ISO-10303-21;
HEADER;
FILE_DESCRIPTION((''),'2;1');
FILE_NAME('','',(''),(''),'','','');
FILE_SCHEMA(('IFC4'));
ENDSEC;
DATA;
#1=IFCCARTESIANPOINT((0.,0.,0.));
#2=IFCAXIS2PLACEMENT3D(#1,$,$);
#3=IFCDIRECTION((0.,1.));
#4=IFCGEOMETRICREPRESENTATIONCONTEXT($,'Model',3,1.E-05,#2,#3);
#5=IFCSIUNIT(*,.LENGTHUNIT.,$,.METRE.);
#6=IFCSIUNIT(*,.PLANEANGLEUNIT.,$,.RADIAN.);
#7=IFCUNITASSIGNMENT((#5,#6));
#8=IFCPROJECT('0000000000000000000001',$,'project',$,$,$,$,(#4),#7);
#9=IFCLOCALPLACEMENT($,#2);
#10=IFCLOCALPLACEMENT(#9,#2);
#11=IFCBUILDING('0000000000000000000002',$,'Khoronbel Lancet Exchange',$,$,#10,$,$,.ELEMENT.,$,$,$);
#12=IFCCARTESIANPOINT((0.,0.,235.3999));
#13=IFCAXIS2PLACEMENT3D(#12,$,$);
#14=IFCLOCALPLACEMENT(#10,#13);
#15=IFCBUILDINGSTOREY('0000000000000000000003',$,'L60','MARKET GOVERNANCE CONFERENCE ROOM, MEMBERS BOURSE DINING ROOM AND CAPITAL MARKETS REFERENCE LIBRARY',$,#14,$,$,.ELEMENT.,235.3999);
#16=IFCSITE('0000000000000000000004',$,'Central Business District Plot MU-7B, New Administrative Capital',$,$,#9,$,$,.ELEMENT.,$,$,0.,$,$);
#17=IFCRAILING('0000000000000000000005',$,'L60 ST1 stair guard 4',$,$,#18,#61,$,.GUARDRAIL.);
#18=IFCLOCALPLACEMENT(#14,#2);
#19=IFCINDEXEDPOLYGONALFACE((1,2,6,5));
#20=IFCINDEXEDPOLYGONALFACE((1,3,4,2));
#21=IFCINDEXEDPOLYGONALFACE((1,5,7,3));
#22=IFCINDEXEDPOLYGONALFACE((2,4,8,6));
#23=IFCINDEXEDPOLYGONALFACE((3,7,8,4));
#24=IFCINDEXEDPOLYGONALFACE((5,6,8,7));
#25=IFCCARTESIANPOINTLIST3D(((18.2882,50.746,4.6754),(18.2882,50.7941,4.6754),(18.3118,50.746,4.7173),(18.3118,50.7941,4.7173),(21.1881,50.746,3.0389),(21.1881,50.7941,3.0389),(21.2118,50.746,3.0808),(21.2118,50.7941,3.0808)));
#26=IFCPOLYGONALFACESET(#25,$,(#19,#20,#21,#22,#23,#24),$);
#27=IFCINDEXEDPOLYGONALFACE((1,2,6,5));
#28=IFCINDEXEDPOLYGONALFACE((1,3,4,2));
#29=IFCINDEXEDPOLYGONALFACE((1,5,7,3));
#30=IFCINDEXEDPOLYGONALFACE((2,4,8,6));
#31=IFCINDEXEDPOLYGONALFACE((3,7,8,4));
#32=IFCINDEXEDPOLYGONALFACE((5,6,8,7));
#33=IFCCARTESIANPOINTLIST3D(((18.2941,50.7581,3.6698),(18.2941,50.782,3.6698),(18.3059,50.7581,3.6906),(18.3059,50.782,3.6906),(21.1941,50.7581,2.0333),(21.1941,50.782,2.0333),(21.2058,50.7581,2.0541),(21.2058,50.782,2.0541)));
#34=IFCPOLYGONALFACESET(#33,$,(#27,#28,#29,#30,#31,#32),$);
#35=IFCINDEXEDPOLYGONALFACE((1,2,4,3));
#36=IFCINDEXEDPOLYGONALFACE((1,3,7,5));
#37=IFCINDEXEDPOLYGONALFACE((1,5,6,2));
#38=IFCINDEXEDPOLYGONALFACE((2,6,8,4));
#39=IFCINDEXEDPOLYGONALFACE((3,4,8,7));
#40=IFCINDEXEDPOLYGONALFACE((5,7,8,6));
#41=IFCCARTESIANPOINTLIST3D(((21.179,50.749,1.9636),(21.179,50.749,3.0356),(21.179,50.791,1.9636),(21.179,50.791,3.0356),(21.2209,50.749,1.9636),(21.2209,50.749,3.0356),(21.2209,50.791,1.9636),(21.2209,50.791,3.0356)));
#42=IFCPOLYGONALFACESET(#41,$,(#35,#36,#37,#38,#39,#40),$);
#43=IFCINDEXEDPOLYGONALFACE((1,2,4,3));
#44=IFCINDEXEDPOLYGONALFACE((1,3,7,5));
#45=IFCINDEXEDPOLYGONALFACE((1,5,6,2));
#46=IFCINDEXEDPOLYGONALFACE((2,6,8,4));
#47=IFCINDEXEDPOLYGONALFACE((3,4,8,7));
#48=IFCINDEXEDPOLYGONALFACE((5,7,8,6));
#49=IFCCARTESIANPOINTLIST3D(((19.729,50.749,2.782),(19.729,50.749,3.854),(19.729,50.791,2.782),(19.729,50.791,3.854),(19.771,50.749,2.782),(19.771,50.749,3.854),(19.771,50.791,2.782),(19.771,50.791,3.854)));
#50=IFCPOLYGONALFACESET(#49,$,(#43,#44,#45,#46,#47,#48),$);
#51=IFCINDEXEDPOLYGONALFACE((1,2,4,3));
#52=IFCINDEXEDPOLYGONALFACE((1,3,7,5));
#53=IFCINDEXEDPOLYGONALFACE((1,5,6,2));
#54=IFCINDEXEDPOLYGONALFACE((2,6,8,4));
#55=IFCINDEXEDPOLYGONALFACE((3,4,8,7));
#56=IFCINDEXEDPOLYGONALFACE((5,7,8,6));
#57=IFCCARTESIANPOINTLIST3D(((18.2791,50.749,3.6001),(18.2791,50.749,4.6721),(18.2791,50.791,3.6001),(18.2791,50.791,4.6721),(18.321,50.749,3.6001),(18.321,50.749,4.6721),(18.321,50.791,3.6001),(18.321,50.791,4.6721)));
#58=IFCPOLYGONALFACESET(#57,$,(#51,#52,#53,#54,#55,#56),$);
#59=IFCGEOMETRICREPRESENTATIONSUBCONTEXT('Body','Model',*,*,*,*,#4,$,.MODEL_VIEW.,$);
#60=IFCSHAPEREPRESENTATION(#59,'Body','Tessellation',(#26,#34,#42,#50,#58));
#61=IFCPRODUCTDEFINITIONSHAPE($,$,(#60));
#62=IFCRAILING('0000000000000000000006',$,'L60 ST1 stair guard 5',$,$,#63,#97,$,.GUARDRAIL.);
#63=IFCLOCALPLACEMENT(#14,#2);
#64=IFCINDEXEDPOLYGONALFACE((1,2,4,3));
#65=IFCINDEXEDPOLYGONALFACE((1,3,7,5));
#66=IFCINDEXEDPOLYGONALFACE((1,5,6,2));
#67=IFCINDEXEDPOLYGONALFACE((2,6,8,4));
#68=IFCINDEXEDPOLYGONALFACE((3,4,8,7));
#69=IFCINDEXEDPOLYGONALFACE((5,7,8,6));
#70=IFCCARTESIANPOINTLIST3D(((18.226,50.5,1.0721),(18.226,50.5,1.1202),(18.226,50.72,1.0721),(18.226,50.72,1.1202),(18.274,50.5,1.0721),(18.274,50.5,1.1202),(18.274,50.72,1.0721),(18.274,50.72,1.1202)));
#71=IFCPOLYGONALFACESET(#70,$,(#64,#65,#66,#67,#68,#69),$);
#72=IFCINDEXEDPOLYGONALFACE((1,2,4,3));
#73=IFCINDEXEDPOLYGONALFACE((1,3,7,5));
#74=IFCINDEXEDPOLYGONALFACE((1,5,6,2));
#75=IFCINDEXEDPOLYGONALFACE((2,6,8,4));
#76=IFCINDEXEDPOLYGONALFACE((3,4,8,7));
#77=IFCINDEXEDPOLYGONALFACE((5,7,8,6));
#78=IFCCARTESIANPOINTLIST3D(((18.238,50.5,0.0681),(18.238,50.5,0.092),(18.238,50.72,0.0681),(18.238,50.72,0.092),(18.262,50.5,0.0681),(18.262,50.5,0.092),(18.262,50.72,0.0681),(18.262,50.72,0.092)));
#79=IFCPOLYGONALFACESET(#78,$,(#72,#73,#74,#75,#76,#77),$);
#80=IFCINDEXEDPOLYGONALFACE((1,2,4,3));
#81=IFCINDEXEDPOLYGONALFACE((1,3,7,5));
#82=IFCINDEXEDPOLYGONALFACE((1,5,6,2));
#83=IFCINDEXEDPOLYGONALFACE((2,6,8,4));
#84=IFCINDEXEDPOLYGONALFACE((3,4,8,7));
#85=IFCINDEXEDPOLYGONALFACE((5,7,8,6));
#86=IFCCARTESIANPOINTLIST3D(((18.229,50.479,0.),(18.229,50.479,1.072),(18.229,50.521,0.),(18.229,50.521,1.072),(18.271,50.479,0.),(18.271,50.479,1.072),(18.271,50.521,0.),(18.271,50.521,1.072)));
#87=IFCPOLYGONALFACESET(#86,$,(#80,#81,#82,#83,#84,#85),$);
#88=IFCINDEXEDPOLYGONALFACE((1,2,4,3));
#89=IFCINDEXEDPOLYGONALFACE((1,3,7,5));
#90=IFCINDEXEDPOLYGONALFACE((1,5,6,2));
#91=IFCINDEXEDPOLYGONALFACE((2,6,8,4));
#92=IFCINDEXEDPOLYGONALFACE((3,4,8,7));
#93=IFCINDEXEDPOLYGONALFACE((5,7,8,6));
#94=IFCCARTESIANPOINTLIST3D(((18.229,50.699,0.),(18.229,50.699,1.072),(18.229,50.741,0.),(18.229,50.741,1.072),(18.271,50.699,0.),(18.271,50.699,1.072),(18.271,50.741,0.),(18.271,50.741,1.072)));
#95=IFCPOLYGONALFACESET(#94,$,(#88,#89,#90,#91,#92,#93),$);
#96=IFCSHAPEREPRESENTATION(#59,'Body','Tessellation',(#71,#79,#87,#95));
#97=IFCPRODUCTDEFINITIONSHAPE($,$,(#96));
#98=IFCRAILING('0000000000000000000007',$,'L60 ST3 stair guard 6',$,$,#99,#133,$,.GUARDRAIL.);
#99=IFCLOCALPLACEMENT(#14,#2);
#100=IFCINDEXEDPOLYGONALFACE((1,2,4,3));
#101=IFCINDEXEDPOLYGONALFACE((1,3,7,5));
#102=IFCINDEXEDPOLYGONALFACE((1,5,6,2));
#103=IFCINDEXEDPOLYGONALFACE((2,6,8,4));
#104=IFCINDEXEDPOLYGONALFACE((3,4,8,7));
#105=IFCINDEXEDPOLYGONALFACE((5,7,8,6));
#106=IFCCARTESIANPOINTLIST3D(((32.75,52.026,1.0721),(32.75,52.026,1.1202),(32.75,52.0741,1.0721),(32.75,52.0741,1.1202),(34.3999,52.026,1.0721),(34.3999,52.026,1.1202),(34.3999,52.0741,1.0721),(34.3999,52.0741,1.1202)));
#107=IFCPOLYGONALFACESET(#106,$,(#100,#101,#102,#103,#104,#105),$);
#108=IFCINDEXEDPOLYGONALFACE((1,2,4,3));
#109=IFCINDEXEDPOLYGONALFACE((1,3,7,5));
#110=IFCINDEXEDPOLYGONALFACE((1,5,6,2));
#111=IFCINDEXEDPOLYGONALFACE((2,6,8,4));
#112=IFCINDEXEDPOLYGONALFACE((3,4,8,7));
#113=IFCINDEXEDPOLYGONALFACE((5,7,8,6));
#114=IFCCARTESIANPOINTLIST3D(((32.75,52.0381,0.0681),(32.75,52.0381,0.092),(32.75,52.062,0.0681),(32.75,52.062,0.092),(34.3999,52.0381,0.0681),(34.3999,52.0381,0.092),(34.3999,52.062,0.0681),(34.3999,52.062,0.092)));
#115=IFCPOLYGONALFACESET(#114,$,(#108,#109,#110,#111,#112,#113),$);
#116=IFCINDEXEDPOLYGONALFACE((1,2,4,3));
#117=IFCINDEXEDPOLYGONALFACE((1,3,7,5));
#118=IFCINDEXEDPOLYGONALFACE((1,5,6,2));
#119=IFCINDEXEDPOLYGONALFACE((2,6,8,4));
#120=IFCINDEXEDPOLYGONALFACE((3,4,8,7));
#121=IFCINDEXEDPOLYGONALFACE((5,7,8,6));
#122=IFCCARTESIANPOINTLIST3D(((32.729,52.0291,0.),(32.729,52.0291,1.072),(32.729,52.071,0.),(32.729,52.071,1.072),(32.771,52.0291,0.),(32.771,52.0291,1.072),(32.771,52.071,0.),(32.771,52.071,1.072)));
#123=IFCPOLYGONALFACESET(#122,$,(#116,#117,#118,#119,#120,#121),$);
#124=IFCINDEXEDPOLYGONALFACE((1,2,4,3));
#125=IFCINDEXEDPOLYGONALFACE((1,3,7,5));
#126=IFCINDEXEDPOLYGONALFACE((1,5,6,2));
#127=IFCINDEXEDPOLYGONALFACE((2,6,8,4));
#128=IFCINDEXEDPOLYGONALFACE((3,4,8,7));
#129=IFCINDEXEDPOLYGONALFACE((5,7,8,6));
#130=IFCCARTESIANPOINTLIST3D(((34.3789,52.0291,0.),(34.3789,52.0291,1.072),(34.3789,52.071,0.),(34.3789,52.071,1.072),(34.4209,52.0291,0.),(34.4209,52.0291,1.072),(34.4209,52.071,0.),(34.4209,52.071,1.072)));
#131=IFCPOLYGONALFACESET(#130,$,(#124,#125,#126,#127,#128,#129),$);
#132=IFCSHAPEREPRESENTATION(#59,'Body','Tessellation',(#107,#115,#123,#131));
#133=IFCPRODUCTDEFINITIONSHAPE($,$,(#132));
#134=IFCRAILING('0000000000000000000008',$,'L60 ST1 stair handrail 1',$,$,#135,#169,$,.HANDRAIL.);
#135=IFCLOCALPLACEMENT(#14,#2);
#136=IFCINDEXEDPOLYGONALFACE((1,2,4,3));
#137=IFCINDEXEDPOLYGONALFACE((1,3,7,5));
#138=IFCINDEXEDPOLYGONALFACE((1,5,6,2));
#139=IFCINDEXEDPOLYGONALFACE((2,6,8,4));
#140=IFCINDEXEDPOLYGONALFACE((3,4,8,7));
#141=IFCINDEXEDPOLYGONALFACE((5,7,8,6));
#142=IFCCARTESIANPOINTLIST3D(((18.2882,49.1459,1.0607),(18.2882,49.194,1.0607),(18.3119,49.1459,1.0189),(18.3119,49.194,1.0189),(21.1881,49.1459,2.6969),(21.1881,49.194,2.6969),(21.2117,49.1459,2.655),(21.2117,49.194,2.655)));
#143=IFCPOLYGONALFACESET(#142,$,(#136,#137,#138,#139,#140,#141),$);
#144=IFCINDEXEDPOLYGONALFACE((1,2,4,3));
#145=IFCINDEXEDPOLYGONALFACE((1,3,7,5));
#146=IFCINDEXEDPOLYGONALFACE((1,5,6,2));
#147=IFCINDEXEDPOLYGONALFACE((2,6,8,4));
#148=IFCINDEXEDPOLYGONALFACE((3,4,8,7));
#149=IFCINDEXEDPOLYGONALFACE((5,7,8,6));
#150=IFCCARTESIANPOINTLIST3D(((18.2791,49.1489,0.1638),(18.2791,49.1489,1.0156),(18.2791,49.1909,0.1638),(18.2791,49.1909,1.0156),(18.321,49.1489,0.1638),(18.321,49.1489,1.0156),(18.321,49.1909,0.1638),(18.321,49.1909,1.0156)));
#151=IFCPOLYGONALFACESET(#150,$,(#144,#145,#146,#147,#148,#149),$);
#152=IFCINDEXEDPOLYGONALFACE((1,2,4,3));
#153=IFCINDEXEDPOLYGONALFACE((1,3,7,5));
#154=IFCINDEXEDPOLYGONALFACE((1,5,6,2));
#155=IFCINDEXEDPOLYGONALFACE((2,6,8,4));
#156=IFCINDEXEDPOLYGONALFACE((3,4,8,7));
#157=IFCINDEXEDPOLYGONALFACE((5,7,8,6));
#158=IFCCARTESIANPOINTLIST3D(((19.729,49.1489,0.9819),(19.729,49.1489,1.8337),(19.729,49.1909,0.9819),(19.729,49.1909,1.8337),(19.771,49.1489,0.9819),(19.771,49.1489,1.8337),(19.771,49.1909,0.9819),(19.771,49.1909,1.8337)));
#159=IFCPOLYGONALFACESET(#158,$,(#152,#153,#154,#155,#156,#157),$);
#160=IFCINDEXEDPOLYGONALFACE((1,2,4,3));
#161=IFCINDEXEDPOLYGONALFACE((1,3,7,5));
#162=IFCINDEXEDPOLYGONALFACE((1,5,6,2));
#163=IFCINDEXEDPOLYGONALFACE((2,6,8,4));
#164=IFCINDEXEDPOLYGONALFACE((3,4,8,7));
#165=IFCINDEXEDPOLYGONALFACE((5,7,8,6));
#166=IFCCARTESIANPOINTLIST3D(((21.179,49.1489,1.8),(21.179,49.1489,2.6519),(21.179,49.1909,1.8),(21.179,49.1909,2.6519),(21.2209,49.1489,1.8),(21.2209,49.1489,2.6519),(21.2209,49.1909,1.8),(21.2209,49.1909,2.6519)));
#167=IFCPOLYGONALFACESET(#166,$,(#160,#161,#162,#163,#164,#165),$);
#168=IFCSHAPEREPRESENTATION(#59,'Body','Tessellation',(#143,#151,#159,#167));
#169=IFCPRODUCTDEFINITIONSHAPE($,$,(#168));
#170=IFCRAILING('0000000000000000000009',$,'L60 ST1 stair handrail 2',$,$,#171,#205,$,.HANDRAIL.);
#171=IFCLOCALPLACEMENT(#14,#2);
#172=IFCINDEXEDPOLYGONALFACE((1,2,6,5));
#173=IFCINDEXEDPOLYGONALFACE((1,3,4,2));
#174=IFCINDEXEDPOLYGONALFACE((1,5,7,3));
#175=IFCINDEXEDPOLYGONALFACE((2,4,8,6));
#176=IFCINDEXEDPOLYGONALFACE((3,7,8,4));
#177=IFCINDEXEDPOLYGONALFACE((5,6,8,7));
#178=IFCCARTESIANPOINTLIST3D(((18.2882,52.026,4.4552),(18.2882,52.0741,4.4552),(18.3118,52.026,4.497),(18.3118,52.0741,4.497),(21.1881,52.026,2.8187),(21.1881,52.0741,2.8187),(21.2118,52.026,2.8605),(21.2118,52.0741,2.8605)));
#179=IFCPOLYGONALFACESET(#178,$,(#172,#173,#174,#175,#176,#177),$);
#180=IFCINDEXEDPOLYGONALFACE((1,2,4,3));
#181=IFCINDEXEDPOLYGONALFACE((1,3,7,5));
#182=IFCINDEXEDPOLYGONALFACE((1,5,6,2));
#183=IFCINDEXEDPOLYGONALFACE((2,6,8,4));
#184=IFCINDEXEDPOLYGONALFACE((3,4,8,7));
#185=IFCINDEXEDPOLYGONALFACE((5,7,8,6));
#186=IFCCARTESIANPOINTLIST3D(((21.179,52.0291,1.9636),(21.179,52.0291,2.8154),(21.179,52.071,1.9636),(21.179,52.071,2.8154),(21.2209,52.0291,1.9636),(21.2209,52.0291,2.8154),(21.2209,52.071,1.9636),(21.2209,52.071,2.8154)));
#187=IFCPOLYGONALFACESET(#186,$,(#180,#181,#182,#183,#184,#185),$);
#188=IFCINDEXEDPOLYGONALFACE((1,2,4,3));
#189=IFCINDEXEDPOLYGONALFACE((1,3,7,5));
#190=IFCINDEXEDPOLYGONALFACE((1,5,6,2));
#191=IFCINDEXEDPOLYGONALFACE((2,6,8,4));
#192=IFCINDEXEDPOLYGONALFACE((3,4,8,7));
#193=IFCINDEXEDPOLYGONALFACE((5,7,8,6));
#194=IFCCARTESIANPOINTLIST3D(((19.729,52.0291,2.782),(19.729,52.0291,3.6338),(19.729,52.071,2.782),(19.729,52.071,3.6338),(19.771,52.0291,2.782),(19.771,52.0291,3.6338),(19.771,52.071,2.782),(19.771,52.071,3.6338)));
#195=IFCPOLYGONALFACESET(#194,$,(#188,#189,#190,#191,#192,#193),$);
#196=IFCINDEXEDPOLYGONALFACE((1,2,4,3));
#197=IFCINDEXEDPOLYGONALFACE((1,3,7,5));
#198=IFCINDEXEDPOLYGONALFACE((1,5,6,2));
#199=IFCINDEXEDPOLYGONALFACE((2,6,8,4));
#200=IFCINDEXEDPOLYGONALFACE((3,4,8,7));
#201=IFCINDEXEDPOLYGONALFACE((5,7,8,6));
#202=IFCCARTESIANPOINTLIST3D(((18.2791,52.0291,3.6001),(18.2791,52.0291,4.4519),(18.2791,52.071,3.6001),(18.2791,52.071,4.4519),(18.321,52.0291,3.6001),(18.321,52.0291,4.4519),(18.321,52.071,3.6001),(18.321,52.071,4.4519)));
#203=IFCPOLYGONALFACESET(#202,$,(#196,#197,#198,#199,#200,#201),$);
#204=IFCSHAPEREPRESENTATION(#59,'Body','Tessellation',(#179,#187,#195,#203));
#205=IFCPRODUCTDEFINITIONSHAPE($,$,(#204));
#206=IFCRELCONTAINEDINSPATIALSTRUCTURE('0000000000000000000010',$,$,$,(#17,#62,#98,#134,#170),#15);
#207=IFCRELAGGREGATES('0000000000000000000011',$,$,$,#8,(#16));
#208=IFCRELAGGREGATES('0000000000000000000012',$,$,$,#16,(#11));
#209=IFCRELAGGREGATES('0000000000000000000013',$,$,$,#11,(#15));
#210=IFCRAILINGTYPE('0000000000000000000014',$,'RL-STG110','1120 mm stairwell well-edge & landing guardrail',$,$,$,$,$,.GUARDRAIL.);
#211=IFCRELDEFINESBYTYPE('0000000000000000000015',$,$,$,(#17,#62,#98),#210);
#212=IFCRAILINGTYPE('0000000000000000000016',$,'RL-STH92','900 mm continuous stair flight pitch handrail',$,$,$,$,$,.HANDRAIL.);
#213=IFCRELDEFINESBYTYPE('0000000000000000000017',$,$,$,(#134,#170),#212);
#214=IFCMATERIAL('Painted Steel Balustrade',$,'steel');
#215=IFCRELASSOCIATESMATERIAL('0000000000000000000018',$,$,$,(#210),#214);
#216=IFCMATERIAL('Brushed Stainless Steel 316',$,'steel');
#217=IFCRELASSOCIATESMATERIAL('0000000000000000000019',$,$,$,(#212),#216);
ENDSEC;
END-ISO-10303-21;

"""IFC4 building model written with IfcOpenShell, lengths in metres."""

from ifc_helpers import new_model, si_unit, direction, frame, origin, origin_2d, place, context, subcontext, project, spatial, rectangle, extrude, material, type_object, element, save


model = new_model("IFC4")

# Units and contexts
model_context = context("Model", 3, precision=1e-05, world=origin(), true_north=direction((0.0, 1.0)))
body_context = subcontext(model_context, "Body", "Model", "MODEL_VIEW")
ifc_project = project(units=[si_unit("LENGTHUNIT", "METRE"), si_unit("PLANEANGLEUNIT", "RADIAN")], contexts=[model_context])

# Site, building, storey
site_placement = place(None, origin())
site = spatial("IfcSite", under=ifc_project, at=site_placement, Name="Central Business District Plot MU-7B, New Administrative Capital", CompositionType="ELEMENT", RefElevation=0.0)
building_placement = place(site_placement, origin())
building = spatial("IfcBuilding", under=site, at=building_placement, Name="Khoronbel Lancet Exchange", CompositionType="ELEMENT")
storey_placement = place(building_placement, frame((0.0, 0.0, 235.3999)))
storey = spatial("IfcBuildingStorey", under=building, at=storey_placement, Name="L60", Description="MARKET GOVERNANCE CONFERENCE ROOM, MEMBERS BOURSE DINING ROOM AND CAPITAL MARKETS REFERENCE LIBRARY", CompositionType="ELEMENT", Elevation=235.3999)

# Railings
ifc_material_1 = material(Name="Painted Steel Balustrade", Category="steel")
railing_type_1 = type_object("IfcRailingType", Name="RL-STG110", Description="1120 mm stairwell well-edge & landing guardrail", PredefinedType="GUARDRAIL", material=ifc_material_1)
railing_1_placement = place(storey_placement, frame((21.2, 50.77, 1.9636)))
element("IfcRailing", 1, at=railing_1_placement, inside=storey, type_object=railing_type_1, Name="L60 ST1 stair guard 4", PredefinedType="GUARDRAIL", context=body_context, shape_type="SweptSolid", body=[
    extrude(rectangle(XDim=0.0481, YDim=0.0481, at=origin_2d()), frame((0.0, 0.0, 1.0962), z_axis=(-0.870897, 0.0, 0.491465), x_axis=(0.0, -1.0, 0.0)), (0.0, 0.0, 1.0), 3.3298),
    extrude(rectangle(XDim=0.0239, YDim=0.0239, at=origin_2d()), frame((0.0, 0.0, 0.0801), z_axis=(-0.870897, 0.0, 0.491465), x_axis=(0.0, -1.0, 0.0)), (0.0, 0.0, 1.0), 3.3298),
    extrude(rectangle(XDim=0.042, YDim=0.042, at=origin_2d()), origin(), (0.0, 0.0, 1.0), 1.072),
    extrude(rectangle(XDim=0.042, YDim=0.042, at=origin_2d()), frame((-1.45, 0.0, 0.8184)), (0.0, 0.0, 1.0), 1.072),
    extrude(rectangle(XDim=0.042, YDim=0.042, at=origin_2d()), frame((-2.8999, 0.0, 1.6365)), (0.0, 0.0, 1.0), 1.072),
])
railing_2_placement = place(storey_placement, frame((18.25, 50.5, 0.0)))
element("IfcRailing", 2, at=railing_2_placement, inside=storey, type_object=railing_type_1, Name="L60 ST1 stair guard 5", PredefinedType="GUARDRAIL", context=body_context, shape_type="SweptSolid", body=[
    extrude(rectangle(XDim=0.0481, YDim=0.0481, at=origin_2d()), frame((0.0, 0.0, 1.0962), z_axis=(0.0, 1.0, 0.0), x_axis=(-1.0, 0.0, 0.0)), (0.0, 0.0, 1.0), 0.22),
    extrude(rectangle(XDim=0.0239, YDim=0.0239, at=origin_2d()), frame((0.0, 0.0, 0.0801), z_axis=(0.0, 1.0, 0.0), x_axis=(-1.0, 0.0, 0.0)), (0.0, 0.0, 1.0), 0.22),
    extrude(rectangle(XDim=0.042, YDim=0.042, at=origin_2d()), origin(), (0.0, 0.0, 1.0), 1.072),
    extrude(rectangle(XDim=0.042, YDim=0.042, at=origin_2d()), frame((0.0, 0.22, 0.0)), (0.0, 0.0, 1.0), 1.072),
])
railing_3_placement = place(storey_placement, frame((32.75, 52.05, 0.0)))
element("IfcRailing", 3, at=railing_3_placement, inside=storey, type_object=railing_type_1, Name="L60 ST3 stair guard 6", PredefinedType="GUARDRAIL", context=body_context, shape_type="SweptSolid", body=[
    extrude(rectangle(XDim=0.0481, YDim=0.0481, at=origin_2d()), frame((0.0, 0.0, 1.0962), z_axis=(1.0, 0.0, 0.0), x_axis=(0.0, 1.0, 0.0)), (0.0, 0.0, 1.0), 1.6499),
    extrude(rectangle(XDim=0.0239, YDim=0.0239, at=origin_2d()), frame((0.0, 0.0, 0.0801), z_axis=(1.0, 0.0, 0.0), x_axis=(0.0, 1.0, 0.0)), (0.0, 0.0, 1.0), 1.6499),
    extrude(rectangle(XDim=0.042, YDim=0.042, at=origin_2d()), origin(), (0.0, 0.0, 1.0), 1.072),
    extrude(rectangle(XDim=0.042, YDim=0.042, at=origin_2d()), frame((1.6499, 0.0, 0.0)), (0.0, 0.0, 1.0), 1.072),
])
ifc_material_2 = material(Name="Brushed Stainless Steel 316", Category="steel")
railing_type_2 = type_object("IfcRailingType", Name="RL-STH92", Description="900 mm continuous stair flight pitch handrail", PredefinedType="HANDRAIL", material=ifc_material_2)
railing_4_placement = place(storey_placement, frame((18.3, 49.1699, 0.1638)))
element("IfcRailing", 4, at=railing_4_placement, inside=storey, type_object=railing_type_2, Name="L60 ST1 stair handrail 1", PredefinedType="HANDRAIL", context=body_context, shape_type="SweptSolid", body=[
    extrude(rectangle(XDim=0.0481, YDim=0.0481, at=origin_2d()), frame((0.0, 0.0, 0.876), z_axis=(0.870929, 0.0, 0.49141), x_axis=(0.0, 1.0, 0.0)), (0.0, 0.0, 1.0), 3.3296),
    extrude(rectangle(XDim=0.042, YDim=0.042, at=origin_2d()), origin(), (0.0, 0.0, 1.0), 0.8518),
    extrude(rectangle(XDim=0.042, YDim=0.042, at=origin_2d()), frame((1.45, 0.0, 0.8181)), (0.0, 0.0, 1.0), 0.8518),
    extrude(rectangle(XDim=0.042, YDim=0.042, at=origin_2d()), frame((2.8999, 0.0, 1.6362)), (0.0, 0.0, 1.0), 0.8518),
])
railing_5_placement = place(storey_placement, frame((21.2, 52.05, 1.9636)))
element("IfcRailing", 5, at=railing_5_placement, inside=storey, type_object=railing_type_2, Name="L60 ST1 stair handrail 2", PredefinedType="HANDRAIL", context=body_context, shape_type="SweptSolid", body=[
    extrude(rectangle(XDim=0.0481, YDim=0.0481, at=origin_2d()), frame((0.0, 0.0, 0.876), z_axis=(-0.870897, 0.0, 0.491465), x_axis=(0.0, -1.0, 0.0)), (0.0, 0.0, 1.0), 3.3298),
    extrude(rectangle(XDim=0.042, YDim=0.042, at=origin_2d()), origin(), (0.0, 0.0, 1.0), 0.8518),
    extrude(rectangle(XDim=0.042, YDim=0.042, at=origin_2d()), frame((-1.45, 0.0, 0.8184)), (0.0, 0.0, 1.0), 0.8518),
    extrude(rectangle(XDim=0.042, YDim=0.042, at=origin_2d()), frame((-2.8999, 0.0, 1.6365)), (0.0, 0.0, 1.0), 0.8518),
])

save(model, "model.ifc")
